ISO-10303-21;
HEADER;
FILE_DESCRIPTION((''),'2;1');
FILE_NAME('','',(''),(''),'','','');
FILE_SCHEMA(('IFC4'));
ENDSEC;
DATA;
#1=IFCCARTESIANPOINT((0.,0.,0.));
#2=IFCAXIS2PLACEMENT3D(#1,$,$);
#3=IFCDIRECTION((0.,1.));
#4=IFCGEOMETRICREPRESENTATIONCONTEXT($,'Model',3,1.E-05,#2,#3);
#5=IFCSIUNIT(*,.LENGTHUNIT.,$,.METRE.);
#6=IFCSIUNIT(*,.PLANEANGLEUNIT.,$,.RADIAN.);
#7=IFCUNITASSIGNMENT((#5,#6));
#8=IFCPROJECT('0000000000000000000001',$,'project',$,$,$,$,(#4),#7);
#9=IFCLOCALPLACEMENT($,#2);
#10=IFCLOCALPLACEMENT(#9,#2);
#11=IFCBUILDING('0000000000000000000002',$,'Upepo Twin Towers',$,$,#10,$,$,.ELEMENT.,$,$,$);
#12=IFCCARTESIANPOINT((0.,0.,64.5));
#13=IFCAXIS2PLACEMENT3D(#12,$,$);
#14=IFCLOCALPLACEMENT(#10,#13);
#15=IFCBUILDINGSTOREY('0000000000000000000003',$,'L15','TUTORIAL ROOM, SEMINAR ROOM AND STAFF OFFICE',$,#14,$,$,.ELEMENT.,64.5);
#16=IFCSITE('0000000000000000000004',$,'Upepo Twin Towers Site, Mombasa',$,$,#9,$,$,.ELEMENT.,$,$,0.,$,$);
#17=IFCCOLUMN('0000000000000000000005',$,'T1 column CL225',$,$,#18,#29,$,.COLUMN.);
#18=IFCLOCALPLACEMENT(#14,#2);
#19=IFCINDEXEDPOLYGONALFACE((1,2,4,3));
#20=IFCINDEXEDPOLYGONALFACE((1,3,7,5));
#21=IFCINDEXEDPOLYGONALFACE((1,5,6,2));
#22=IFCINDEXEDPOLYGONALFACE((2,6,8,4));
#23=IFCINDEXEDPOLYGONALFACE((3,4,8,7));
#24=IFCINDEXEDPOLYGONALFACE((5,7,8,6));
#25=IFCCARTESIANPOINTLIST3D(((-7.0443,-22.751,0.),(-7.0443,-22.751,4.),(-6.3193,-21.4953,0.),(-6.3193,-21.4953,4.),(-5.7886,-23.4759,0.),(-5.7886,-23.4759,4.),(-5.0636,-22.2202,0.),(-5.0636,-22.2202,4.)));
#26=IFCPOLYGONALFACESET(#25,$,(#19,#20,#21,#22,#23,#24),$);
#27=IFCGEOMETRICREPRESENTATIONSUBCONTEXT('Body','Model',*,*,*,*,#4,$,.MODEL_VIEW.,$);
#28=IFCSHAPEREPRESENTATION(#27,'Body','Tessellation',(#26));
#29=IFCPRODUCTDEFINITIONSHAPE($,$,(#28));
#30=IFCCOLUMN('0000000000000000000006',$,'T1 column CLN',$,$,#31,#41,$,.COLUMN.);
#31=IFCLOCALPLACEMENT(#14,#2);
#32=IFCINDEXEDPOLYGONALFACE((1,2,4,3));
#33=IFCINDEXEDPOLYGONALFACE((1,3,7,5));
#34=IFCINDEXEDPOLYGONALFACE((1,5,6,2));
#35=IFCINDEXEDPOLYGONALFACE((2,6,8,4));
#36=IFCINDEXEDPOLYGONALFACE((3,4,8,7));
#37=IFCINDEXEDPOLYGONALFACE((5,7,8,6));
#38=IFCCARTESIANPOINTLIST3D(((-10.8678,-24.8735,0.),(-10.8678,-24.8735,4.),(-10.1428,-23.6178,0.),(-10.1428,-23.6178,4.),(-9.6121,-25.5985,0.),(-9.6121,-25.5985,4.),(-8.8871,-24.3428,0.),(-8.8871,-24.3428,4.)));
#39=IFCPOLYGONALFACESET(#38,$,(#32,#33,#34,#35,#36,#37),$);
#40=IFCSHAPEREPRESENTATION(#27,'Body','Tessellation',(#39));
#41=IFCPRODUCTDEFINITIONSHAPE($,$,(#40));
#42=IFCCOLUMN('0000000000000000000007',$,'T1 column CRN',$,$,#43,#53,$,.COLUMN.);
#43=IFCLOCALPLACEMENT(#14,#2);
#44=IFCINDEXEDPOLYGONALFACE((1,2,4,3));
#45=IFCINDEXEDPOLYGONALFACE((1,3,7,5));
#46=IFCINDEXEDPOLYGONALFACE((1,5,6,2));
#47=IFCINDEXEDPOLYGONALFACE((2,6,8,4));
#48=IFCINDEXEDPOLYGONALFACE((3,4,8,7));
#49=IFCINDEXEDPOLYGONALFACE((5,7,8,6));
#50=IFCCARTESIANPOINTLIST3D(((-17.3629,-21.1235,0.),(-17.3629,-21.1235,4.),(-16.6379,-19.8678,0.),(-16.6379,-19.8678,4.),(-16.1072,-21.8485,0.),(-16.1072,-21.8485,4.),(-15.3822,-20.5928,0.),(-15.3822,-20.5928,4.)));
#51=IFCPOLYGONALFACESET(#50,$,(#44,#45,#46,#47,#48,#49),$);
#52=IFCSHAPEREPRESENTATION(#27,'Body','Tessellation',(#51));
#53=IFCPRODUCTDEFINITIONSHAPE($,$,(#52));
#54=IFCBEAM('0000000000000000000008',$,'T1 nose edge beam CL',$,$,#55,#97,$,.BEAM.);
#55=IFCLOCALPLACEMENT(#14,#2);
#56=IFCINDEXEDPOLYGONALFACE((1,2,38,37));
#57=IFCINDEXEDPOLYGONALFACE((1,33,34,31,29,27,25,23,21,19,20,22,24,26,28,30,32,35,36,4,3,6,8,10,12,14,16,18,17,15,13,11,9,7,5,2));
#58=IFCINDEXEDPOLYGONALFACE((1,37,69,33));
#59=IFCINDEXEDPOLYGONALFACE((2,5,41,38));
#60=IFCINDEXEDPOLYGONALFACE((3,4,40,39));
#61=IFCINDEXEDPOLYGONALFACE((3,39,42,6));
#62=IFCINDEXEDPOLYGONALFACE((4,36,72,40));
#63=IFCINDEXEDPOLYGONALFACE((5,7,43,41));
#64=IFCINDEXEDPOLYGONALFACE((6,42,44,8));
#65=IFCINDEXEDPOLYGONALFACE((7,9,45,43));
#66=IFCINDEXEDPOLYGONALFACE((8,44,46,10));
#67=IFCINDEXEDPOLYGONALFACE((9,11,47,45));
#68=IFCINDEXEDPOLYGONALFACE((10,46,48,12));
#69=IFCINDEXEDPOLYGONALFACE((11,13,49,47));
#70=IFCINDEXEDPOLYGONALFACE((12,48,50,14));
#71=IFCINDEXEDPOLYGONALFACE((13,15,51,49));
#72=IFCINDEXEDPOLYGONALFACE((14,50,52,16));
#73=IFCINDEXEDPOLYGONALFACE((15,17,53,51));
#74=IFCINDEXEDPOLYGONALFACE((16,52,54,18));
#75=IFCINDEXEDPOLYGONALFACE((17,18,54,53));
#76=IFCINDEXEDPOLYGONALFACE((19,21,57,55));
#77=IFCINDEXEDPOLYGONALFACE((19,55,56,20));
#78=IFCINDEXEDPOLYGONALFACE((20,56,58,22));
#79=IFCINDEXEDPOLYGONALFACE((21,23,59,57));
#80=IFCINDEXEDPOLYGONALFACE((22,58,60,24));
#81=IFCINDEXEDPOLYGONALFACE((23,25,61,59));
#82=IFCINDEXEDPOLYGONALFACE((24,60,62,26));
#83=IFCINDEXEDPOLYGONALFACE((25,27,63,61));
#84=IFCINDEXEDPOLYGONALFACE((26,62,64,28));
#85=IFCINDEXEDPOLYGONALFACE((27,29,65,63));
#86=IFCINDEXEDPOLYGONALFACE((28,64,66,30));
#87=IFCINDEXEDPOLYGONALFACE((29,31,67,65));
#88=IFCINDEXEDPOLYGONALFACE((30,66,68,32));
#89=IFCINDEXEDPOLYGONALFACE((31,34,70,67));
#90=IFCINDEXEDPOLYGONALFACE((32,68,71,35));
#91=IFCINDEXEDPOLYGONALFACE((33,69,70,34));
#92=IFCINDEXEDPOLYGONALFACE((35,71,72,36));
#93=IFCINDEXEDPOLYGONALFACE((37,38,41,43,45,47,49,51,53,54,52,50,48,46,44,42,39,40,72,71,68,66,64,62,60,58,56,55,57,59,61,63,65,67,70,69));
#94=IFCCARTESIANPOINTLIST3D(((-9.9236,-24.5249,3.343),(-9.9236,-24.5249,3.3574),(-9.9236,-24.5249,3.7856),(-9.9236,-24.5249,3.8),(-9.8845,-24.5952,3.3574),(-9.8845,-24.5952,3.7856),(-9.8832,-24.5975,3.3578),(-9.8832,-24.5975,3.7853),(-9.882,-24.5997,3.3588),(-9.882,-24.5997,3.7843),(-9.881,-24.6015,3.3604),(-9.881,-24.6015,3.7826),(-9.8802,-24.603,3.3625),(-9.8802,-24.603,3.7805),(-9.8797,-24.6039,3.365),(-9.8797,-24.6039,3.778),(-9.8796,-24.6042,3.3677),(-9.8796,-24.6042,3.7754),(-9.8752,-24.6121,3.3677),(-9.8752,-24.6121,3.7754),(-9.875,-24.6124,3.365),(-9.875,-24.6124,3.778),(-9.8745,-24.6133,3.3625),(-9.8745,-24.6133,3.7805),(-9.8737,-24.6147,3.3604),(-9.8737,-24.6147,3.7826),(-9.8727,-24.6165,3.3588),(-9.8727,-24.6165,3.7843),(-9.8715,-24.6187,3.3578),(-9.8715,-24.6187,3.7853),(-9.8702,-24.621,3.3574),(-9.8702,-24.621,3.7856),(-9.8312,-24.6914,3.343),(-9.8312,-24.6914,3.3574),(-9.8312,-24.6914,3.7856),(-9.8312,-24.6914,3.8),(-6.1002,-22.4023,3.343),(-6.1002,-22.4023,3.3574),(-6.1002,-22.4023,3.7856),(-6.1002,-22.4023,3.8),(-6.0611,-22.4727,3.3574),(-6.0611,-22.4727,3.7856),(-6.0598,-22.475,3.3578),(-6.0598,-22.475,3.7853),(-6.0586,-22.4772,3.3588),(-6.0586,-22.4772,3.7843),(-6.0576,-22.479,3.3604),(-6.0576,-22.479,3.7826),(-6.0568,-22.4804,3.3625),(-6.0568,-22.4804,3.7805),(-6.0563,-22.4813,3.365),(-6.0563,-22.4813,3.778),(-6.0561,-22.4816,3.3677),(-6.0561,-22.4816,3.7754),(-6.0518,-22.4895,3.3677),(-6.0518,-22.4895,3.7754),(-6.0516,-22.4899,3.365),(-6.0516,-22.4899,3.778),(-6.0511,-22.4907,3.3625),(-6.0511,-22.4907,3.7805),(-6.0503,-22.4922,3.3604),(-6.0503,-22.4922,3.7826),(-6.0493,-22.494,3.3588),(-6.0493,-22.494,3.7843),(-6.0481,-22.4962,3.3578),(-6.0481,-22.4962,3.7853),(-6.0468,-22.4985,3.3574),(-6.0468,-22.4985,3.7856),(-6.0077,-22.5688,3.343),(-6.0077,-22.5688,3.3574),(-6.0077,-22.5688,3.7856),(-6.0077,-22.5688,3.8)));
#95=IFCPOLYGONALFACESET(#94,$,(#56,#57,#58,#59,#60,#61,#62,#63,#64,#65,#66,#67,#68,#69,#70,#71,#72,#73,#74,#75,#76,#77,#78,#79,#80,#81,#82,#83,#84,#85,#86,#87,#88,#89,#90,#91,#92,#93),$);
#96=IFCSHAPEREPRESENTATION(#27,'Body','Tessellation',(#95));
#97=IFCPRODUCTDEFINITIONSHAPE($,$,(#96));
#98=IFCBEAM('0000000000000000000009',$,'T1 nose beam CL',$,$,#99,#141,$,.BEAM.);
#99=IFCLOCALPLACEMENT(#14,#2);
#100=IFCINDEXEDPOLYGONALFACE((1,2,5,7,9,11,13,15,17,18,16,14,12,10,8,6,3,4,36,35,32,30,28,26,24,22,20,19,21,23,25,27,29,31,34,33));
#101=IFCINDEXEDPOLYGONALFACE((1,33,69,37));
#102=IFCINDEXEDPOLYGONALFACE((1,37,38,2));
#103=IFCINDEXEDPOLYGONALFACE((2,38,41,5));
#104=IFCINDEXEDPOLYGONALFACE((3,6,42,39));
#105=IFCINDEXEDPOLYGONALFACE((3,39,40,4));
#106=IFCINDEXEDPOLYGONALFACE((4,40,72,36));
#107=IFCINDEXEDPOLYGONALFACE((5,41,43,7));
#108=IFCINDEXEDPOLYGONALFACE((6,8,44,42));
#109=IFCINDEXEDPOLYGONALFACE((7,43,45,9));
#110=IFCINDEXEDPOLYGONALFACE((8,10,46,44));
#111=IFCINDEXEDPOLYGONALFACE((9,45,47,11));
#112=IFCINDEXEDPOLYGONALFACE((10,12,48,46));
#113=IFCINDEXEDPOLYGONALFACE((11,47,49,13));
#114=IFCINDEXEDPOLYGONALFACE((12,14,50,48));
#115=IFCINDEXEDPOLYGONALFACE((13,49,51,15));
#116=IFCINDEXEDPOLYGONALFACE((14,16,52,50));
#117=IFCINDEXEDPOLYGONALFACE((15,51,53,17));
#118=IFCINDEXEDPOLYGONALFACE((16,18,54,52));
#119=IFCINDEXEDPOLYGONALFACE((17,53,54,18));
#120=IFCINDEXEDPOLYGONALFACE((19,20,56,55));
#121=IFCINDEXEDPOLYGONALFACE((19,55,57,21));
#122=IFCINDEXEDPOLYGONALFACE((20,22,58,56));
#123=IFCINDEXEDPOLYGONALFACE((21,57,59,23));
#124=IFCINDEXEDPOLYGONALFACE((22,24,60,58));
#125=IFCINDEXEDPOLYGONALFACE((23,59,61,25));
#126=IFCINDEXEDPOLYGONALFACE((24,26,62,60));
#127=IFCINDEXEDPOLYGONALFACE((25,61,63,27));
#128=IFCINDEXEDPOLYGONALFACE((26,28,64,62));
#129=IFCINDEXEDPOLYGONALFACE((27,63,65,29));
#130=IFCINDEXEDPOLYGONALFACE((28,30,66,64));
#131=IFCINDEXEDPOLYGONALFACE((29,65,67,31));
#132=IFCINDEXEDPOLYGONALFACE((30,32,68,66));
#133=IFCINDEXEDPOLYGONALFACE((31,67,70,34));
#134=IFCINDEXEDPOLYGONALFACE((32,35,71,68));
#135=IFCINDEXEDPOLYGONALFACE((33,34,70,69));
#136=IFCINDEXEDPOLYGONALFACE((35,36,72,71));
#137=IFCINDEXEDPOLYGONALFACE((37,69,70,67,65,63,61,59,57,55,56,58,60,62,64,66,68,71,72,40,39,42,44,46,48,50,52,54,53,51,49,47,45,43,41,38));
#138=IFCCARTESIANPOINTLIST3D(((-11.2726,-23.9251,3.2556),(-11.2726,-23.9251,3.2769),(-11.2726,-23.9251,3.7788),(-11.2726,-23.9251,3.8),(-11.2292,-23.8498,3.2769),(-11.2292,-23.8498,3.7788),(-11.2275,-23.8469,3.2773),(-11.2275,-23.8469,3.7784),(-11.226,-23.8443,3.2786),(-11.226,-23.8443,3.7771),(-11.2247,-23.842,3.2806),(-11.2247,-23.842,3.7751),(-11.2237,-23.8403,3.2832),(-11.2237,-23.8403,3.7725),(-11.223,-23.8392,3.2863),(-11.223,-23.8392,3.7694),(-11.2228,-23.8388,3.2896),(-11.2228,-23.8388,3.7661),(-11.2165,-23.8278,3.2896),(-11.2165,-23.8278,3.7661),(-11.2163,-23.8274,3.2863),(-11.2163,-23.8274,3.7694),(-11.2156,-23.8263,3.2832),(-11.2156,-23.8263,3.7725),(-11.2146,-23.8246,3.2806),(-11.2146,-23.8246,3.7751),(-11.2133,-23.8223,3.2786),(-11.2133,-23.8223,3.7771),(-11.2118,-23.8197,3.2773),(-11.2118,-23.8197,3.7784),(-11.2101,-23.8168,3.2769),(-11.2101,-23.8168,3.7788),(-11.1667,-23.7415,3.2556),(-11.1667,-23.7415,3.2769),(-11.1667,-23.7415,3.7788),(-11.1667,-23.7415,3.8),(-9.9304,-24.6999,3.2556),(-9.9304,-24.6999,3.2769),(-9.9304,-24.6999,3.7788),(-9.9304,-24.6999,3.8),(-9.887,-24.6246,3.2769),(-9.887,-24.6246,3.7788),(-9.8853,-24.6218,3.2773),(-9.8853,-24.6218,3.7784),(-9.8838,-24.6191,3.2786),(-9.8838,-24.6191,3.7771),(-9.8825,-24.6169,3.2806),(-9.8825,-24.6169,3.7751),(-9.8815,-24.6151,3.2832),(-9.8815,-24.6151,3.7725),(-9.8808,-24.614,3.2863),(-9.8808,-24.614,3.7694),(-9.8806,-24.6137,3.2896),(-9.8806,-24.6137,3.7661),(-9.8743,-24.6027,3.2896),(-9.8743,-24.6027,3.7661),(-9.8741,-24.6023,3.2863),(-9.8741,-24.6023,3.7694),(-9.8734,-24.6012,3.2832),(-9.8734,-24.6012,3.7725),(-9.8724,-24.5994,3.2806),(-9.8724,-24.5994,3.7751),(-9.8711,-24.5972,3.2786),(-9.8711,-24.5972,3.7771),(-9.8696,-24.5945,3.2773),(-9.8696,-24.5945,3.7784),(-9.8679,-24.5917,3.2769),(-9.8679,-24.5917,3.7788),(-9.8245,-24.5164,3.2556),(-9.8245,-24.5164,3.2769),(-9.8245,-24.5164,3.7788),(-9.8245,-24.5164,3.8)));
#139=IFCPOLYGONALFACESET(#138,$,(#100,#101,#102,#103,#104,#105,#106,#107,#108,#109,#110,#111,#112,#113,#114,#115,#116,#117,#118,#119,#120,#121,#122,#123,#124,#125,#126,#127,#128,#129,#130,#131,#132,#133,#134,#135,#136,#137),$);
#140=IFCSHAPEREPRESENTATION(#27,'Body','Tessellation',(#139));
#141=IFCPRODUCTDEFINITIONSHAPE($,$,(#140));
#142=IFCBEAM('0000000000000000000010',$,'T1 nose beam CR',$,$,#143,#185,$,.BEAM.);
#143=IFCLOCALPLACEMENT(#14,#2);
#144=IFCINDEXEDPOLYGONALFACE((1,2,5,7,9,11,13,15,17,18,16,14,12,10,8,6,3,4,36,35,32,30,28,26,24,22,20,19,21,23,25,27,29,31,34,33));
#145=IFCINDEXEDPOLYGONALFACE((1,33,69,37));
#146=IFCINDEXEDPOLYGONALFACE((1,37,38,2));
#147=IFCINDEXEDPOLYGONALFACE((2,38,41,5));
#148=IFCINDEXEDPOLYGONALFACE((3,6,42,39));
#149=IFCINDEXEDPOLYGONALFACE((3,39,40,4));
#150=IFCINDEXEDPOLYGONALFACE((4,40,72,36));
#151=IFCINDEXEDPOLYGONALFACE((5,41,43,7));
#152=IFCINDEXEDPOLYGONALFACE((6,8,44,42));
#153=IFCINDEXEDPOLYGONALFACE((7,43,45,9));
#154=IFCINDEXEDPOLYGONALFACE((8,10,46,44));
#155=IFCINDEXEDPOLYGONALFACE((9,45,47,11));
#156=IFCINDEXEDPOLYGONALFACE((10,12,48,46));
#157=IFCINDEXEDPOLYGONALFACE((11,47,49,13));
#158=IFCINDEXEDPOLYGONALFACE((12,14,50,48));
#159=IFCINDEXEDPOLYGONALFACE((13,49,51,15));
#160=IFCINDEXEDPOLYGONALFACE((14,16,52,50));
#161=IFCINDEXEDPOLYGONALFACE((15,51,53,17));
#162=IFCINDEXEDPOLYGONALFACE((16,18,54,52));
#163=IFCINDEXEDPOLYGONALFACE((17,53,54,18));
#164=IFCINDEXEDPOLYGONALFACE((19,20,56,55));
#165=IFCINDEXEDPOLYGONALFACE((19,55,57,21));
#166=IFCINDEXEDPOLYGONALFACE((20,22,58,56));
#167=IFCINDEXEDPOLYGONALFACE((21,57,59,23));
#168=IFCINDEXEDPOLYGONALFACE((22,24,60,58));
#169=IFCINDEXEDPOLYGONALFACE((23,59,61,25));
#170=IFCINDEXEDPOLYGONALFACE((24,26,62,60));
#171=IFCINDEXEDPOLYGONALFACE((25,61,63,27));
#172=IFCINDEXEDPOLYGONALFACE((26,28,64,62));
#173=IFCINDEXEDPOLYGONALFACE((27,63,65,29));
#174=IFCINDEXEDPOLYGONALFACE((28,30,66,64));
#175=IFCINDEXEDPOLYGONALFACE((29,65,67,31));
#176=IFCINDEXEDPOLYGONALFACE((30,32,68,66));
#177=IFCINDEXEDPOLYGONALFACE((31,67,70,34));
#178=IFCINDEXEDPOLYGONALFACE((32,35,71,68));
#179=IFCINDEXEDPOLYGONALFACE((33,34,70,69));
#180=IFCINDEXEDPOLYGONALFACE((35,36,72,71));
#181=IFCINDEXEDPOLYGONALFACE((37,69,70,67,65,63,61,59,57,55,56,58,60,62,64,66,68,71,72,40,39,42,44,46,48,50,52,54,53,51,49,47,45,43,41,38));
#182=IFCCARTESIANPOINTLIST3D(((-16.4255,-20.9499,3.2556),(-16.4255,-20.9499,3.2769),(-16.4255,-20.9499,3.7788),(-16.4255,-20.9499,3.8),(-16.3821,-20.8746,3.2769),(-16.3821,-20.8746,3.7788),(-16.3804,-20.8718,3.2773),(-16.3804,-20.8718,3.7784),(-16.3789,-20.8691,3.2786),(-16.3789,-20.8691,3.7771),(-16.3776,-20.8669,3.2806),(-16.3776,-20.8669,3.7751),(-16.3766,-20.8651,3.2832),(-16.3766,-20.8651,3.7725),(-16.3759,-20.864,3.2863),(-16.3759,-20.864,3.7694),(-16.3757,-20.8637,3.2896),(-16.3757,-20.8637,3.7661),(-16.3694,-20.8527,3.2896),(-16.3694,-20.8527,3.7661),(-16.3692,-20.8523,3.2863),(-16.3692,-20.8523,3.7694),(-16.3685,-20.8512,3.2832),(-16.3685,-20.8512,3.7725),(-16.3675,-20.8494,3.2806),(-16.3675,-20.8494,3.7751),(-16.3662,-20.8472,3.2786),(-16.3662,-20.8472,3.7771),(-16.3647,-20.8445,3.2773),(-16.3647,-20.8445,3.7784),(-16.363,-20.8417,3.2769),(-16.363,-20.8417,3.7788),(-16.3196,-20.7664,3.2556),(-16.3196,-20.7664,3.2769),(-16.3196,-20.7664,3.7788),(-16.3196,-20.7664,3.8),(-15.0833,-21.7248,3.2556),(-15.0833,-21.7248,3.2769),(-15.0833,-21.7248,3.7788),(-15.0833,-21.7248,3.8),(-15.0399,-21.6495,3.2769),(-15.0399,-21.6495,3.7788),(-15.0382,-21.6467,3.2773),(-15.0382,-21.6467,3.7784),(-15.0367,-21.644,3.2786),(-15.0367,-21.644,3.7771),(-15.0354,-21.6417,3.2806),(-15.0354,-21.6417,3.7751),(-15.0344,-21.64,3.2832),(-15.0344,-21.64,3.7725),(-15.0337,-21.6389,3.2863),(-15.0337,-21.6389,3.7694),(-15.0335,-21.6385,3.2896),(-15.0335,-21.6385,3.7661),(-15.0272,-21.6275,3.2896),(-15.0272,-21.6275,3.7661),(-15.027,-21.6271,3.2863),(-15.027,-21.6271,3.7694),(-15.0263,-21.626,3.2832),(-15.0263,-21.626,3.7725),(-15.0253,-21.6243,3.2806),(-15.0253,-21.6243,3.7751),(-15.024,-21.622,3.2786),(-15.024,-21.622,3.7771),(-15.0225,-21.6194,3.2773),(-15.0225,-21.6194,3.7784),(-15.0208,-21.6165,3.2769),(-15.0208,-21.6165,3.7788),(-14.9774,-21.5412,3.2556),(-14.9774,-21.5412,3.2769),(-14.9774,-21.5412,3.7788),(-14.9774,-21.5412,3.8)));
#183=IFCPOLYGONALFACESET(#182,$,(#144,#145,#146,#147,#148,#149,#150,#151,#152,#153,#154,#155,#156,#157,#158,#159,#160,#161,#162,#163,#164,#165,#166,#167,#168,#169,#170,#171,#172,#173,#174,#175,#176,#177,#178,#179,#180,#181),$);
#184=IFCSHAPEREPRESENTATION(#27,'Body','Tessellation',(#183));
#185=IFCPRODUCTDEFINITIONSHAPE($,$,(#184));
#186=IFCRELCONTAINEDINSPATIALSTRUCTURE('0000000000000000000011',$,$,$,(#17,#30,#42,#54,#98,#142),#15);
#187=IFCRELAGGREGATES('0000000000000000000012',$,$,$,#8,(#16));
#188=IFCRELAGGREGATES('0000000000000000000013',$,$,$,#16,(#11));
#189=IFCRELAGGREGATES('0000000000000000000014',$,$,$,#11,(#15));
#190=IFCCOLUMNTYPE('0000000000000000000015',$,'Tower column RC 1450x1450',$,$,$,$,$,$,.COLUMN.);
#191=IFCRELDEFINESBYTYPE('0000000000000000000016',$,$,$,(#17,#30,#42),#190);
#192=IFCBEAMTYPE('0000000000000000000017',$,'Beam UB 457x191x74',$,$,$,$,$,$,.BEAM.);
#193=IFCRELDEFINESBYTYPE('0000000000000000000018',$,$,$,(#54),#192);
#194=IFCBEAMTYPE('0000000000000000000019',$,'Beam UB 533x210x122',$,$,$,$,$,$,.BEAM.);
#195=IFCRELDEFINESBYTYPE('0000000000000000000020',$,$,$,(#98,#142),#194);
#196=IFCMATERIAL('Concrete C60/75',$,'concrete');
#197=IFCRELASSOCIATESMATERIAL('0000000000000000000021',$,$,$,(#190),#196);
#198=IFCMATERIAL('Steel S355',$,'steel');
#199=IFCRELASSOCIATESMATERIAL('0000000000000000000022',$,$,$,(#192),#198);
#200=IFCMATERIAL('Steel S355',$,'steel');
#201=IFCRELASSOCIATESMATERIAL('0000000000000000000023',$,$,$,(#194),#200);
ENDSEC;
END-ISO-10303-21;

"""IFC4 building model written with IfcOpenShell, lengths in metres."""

from ifc_helpers import new_model, si_unit, direction, frame, origin, origin_2d, place, context, subcontext, project, spatial, rectangle, i_section, extrude, material, material_profile, profile_set, type_object, element, save


model = new_model("IFC4")

# Units and contexts
model_context = context("Model", 3, precision=1e-05, world=origin(), true_north=direction((0.0, 1.0)))
body_context = subcontext(model_context, "Body", "Model", "MODEL_VIEW")
ifc_project = project(units=[si_unit("LENGTHUNIT", "METRE"), si_unit("PLANEANGLEUNIT", "RADIAN")], contexts=[model_context])

# Site, building, storey
site_placement = place(None, origin())
site = spatial("IfcSite", under=ifc_project, at=site_placement, Name="Upepo Twin Towers Site, Mombasa", CompositionType="ELEMENT", RefElevation=0.0)
building_placement = place(site_placement, origin())
building = spatial("IfcBuilding", under=site, at=building_placement, Name="Upepo Twin Towers", CompositionType="ELEMENT")
storey_placement = place(building_placement, frame((0.0, 0.0, 64.5)))
storey = spatial("IfcBuildingStorey", under=building, at=storey_placement, Name="L15", Description="TUTORIAL ROOM, SEMINAR ROOM AND STAFF OFFICE", CompositionType="ELEMENT", Elevation=64.5)

# Columns
ifc_material_1 = material(Name="Concrete C60/75", Category="concrete")
ifc_material_profile_1 = material_profile(ifc_material_1, rectangle(XDim=1.45, YDim=1.45, at=origin_2d()), Name="RC 1450x1450")
ifc_profile_set_1 = profile_set([ifc_material_profile_1], Name="Concrete C60/75")
column_type = type_object("IfcColumnType", Name="Tower column RC 1450x1450", PredefinedType="COLUMN", material=ifc_profile_set_1)
for number, where, z_axis, x_axis, name in (
    (1, (-6.054, -22.4856, 0.0), (0.0, 0.0, 1.0), (0.5, 0.866025, 0.0), "T1 column CL225"),
    (2, (-9.8774, -24.6082, 0.0), (0.0, 0.0, 1.0), (0.5, 0.866025, 0.0), "T1 column CLN"),
    (3, (-16.3726, -20.8582, 0.0), (0.0, 0.0, 1.0), (0.5, 0.866025, 0.0), "T1 column CRN"),
):
    element("IfcColumn", number, at=place(storey_placement, frame(where, z_axis=z_axis, x_axis=x_axis)), inside=storey, type_object=column_type, Name=name, PredefinedType="COLUMN", context=body_context, shape_type="SweptSolid", body=[
        extrude(rectangle(XDim=1.45, YDim=1.45, at=origin_2d()), origin(), (0.0, 0.0, 1.0), 4.0),
    ])

# Beams
ifc_material_2 = material(Name="Steel S355", Category="steel")
ifc_material_profile_2 = material_profile(ifc_material_2, i_section(OverallWidth=0.1904, OverallDepth=0.457, WebThickness=0.009, FlangeThickness=0.0144, FilletRadius=0.0103, at=origin_2d()), Name="UB 457x191x74")
ifc_profile_set_2 = profile_set([ifc_material_profile_2], Name="Steel S355")
beam_type_1 = type_object("IfcBeamType", Name="Beam UB 457x191x74", PredefinedType="BEAM", material=ifc_profile_set_2)
beam_1_placement = place(storey_placement, frame((-6.054, -22.4856, 3.5715), z_axis=(-0.874313, -0.485363, 0.0), x_axis=(0.485363, -0.874313, 0.0)))
element("IfcBeam", 4, at=beam_1_placement, inside=storey, type_object=beam_type_1, Name="T1 nose edge beam CL", PredefinedType="BEAM", context=body_context, shape_type="SweptSolid", body=[
    extrude(i_section(OverallWidth=0.1904, OverallDepth=0.457, WebThickness=0.009, FlangeThickness=0.0144, FilletRadius=0.0103, at=origin_2d()), origin(), (0.0, 0.0, 1.0), 4.373),
])
ifc_material_3 = material(Name="Steel S355", Category="steel")
ifc_material_profile_3 = material_profile(ifc_material_3, i_section(OverallWidth=0.2119, OverallDepth=0.5444, WebThickness=0.0127, FlangeThickness=0.0212, FilletRadius=0.0127, at=origin_2d()), Name="UB 533x210x122")
ifc_profile_set_3 = profile_set([ifc_material_profile_3], Name="Steel S355")
beam_type_2 = type_object("IfcBeamType", Name="Beam UB 533x210x122", PredefinedType="BEAM", material=ifc_profile_set_3)
for number, where, z_axis, x_axis, name in (
    (5, (-9.8774, -24.6082, 3.5278), (-0.866044, 0.499968, 0.0), (-0.499968, -0.866044, 0.0), "T1 nose beam CL"),
    (6, (-16.3726, -20.8582, 3.5278), (0.866044, -0.499968, 0.0), (0.499968, 0.866044, 0.0), "T1 nose beam CR"),
):
    element("IfcBeam", number, at=place(storey_placement, frame(where, z_axis=z_axis, x_axis=x_axis)), inside=storey, type_object=beam_type_2, Name=name, PredefinedType="BEAM", context=body_context, shape_type="SweptSolid", body=[
        extrude(i_section(OverallWidth=0.2119, OverallDepth=0.5444, WebThickness=0.0127, FlangeThickness=0.0212, FilletRadius=0.0127, at=origin_2d()), origin(), (0.0, 0.0, 1.0), 1.5498),
    ])

save(model, "model.ifc")
